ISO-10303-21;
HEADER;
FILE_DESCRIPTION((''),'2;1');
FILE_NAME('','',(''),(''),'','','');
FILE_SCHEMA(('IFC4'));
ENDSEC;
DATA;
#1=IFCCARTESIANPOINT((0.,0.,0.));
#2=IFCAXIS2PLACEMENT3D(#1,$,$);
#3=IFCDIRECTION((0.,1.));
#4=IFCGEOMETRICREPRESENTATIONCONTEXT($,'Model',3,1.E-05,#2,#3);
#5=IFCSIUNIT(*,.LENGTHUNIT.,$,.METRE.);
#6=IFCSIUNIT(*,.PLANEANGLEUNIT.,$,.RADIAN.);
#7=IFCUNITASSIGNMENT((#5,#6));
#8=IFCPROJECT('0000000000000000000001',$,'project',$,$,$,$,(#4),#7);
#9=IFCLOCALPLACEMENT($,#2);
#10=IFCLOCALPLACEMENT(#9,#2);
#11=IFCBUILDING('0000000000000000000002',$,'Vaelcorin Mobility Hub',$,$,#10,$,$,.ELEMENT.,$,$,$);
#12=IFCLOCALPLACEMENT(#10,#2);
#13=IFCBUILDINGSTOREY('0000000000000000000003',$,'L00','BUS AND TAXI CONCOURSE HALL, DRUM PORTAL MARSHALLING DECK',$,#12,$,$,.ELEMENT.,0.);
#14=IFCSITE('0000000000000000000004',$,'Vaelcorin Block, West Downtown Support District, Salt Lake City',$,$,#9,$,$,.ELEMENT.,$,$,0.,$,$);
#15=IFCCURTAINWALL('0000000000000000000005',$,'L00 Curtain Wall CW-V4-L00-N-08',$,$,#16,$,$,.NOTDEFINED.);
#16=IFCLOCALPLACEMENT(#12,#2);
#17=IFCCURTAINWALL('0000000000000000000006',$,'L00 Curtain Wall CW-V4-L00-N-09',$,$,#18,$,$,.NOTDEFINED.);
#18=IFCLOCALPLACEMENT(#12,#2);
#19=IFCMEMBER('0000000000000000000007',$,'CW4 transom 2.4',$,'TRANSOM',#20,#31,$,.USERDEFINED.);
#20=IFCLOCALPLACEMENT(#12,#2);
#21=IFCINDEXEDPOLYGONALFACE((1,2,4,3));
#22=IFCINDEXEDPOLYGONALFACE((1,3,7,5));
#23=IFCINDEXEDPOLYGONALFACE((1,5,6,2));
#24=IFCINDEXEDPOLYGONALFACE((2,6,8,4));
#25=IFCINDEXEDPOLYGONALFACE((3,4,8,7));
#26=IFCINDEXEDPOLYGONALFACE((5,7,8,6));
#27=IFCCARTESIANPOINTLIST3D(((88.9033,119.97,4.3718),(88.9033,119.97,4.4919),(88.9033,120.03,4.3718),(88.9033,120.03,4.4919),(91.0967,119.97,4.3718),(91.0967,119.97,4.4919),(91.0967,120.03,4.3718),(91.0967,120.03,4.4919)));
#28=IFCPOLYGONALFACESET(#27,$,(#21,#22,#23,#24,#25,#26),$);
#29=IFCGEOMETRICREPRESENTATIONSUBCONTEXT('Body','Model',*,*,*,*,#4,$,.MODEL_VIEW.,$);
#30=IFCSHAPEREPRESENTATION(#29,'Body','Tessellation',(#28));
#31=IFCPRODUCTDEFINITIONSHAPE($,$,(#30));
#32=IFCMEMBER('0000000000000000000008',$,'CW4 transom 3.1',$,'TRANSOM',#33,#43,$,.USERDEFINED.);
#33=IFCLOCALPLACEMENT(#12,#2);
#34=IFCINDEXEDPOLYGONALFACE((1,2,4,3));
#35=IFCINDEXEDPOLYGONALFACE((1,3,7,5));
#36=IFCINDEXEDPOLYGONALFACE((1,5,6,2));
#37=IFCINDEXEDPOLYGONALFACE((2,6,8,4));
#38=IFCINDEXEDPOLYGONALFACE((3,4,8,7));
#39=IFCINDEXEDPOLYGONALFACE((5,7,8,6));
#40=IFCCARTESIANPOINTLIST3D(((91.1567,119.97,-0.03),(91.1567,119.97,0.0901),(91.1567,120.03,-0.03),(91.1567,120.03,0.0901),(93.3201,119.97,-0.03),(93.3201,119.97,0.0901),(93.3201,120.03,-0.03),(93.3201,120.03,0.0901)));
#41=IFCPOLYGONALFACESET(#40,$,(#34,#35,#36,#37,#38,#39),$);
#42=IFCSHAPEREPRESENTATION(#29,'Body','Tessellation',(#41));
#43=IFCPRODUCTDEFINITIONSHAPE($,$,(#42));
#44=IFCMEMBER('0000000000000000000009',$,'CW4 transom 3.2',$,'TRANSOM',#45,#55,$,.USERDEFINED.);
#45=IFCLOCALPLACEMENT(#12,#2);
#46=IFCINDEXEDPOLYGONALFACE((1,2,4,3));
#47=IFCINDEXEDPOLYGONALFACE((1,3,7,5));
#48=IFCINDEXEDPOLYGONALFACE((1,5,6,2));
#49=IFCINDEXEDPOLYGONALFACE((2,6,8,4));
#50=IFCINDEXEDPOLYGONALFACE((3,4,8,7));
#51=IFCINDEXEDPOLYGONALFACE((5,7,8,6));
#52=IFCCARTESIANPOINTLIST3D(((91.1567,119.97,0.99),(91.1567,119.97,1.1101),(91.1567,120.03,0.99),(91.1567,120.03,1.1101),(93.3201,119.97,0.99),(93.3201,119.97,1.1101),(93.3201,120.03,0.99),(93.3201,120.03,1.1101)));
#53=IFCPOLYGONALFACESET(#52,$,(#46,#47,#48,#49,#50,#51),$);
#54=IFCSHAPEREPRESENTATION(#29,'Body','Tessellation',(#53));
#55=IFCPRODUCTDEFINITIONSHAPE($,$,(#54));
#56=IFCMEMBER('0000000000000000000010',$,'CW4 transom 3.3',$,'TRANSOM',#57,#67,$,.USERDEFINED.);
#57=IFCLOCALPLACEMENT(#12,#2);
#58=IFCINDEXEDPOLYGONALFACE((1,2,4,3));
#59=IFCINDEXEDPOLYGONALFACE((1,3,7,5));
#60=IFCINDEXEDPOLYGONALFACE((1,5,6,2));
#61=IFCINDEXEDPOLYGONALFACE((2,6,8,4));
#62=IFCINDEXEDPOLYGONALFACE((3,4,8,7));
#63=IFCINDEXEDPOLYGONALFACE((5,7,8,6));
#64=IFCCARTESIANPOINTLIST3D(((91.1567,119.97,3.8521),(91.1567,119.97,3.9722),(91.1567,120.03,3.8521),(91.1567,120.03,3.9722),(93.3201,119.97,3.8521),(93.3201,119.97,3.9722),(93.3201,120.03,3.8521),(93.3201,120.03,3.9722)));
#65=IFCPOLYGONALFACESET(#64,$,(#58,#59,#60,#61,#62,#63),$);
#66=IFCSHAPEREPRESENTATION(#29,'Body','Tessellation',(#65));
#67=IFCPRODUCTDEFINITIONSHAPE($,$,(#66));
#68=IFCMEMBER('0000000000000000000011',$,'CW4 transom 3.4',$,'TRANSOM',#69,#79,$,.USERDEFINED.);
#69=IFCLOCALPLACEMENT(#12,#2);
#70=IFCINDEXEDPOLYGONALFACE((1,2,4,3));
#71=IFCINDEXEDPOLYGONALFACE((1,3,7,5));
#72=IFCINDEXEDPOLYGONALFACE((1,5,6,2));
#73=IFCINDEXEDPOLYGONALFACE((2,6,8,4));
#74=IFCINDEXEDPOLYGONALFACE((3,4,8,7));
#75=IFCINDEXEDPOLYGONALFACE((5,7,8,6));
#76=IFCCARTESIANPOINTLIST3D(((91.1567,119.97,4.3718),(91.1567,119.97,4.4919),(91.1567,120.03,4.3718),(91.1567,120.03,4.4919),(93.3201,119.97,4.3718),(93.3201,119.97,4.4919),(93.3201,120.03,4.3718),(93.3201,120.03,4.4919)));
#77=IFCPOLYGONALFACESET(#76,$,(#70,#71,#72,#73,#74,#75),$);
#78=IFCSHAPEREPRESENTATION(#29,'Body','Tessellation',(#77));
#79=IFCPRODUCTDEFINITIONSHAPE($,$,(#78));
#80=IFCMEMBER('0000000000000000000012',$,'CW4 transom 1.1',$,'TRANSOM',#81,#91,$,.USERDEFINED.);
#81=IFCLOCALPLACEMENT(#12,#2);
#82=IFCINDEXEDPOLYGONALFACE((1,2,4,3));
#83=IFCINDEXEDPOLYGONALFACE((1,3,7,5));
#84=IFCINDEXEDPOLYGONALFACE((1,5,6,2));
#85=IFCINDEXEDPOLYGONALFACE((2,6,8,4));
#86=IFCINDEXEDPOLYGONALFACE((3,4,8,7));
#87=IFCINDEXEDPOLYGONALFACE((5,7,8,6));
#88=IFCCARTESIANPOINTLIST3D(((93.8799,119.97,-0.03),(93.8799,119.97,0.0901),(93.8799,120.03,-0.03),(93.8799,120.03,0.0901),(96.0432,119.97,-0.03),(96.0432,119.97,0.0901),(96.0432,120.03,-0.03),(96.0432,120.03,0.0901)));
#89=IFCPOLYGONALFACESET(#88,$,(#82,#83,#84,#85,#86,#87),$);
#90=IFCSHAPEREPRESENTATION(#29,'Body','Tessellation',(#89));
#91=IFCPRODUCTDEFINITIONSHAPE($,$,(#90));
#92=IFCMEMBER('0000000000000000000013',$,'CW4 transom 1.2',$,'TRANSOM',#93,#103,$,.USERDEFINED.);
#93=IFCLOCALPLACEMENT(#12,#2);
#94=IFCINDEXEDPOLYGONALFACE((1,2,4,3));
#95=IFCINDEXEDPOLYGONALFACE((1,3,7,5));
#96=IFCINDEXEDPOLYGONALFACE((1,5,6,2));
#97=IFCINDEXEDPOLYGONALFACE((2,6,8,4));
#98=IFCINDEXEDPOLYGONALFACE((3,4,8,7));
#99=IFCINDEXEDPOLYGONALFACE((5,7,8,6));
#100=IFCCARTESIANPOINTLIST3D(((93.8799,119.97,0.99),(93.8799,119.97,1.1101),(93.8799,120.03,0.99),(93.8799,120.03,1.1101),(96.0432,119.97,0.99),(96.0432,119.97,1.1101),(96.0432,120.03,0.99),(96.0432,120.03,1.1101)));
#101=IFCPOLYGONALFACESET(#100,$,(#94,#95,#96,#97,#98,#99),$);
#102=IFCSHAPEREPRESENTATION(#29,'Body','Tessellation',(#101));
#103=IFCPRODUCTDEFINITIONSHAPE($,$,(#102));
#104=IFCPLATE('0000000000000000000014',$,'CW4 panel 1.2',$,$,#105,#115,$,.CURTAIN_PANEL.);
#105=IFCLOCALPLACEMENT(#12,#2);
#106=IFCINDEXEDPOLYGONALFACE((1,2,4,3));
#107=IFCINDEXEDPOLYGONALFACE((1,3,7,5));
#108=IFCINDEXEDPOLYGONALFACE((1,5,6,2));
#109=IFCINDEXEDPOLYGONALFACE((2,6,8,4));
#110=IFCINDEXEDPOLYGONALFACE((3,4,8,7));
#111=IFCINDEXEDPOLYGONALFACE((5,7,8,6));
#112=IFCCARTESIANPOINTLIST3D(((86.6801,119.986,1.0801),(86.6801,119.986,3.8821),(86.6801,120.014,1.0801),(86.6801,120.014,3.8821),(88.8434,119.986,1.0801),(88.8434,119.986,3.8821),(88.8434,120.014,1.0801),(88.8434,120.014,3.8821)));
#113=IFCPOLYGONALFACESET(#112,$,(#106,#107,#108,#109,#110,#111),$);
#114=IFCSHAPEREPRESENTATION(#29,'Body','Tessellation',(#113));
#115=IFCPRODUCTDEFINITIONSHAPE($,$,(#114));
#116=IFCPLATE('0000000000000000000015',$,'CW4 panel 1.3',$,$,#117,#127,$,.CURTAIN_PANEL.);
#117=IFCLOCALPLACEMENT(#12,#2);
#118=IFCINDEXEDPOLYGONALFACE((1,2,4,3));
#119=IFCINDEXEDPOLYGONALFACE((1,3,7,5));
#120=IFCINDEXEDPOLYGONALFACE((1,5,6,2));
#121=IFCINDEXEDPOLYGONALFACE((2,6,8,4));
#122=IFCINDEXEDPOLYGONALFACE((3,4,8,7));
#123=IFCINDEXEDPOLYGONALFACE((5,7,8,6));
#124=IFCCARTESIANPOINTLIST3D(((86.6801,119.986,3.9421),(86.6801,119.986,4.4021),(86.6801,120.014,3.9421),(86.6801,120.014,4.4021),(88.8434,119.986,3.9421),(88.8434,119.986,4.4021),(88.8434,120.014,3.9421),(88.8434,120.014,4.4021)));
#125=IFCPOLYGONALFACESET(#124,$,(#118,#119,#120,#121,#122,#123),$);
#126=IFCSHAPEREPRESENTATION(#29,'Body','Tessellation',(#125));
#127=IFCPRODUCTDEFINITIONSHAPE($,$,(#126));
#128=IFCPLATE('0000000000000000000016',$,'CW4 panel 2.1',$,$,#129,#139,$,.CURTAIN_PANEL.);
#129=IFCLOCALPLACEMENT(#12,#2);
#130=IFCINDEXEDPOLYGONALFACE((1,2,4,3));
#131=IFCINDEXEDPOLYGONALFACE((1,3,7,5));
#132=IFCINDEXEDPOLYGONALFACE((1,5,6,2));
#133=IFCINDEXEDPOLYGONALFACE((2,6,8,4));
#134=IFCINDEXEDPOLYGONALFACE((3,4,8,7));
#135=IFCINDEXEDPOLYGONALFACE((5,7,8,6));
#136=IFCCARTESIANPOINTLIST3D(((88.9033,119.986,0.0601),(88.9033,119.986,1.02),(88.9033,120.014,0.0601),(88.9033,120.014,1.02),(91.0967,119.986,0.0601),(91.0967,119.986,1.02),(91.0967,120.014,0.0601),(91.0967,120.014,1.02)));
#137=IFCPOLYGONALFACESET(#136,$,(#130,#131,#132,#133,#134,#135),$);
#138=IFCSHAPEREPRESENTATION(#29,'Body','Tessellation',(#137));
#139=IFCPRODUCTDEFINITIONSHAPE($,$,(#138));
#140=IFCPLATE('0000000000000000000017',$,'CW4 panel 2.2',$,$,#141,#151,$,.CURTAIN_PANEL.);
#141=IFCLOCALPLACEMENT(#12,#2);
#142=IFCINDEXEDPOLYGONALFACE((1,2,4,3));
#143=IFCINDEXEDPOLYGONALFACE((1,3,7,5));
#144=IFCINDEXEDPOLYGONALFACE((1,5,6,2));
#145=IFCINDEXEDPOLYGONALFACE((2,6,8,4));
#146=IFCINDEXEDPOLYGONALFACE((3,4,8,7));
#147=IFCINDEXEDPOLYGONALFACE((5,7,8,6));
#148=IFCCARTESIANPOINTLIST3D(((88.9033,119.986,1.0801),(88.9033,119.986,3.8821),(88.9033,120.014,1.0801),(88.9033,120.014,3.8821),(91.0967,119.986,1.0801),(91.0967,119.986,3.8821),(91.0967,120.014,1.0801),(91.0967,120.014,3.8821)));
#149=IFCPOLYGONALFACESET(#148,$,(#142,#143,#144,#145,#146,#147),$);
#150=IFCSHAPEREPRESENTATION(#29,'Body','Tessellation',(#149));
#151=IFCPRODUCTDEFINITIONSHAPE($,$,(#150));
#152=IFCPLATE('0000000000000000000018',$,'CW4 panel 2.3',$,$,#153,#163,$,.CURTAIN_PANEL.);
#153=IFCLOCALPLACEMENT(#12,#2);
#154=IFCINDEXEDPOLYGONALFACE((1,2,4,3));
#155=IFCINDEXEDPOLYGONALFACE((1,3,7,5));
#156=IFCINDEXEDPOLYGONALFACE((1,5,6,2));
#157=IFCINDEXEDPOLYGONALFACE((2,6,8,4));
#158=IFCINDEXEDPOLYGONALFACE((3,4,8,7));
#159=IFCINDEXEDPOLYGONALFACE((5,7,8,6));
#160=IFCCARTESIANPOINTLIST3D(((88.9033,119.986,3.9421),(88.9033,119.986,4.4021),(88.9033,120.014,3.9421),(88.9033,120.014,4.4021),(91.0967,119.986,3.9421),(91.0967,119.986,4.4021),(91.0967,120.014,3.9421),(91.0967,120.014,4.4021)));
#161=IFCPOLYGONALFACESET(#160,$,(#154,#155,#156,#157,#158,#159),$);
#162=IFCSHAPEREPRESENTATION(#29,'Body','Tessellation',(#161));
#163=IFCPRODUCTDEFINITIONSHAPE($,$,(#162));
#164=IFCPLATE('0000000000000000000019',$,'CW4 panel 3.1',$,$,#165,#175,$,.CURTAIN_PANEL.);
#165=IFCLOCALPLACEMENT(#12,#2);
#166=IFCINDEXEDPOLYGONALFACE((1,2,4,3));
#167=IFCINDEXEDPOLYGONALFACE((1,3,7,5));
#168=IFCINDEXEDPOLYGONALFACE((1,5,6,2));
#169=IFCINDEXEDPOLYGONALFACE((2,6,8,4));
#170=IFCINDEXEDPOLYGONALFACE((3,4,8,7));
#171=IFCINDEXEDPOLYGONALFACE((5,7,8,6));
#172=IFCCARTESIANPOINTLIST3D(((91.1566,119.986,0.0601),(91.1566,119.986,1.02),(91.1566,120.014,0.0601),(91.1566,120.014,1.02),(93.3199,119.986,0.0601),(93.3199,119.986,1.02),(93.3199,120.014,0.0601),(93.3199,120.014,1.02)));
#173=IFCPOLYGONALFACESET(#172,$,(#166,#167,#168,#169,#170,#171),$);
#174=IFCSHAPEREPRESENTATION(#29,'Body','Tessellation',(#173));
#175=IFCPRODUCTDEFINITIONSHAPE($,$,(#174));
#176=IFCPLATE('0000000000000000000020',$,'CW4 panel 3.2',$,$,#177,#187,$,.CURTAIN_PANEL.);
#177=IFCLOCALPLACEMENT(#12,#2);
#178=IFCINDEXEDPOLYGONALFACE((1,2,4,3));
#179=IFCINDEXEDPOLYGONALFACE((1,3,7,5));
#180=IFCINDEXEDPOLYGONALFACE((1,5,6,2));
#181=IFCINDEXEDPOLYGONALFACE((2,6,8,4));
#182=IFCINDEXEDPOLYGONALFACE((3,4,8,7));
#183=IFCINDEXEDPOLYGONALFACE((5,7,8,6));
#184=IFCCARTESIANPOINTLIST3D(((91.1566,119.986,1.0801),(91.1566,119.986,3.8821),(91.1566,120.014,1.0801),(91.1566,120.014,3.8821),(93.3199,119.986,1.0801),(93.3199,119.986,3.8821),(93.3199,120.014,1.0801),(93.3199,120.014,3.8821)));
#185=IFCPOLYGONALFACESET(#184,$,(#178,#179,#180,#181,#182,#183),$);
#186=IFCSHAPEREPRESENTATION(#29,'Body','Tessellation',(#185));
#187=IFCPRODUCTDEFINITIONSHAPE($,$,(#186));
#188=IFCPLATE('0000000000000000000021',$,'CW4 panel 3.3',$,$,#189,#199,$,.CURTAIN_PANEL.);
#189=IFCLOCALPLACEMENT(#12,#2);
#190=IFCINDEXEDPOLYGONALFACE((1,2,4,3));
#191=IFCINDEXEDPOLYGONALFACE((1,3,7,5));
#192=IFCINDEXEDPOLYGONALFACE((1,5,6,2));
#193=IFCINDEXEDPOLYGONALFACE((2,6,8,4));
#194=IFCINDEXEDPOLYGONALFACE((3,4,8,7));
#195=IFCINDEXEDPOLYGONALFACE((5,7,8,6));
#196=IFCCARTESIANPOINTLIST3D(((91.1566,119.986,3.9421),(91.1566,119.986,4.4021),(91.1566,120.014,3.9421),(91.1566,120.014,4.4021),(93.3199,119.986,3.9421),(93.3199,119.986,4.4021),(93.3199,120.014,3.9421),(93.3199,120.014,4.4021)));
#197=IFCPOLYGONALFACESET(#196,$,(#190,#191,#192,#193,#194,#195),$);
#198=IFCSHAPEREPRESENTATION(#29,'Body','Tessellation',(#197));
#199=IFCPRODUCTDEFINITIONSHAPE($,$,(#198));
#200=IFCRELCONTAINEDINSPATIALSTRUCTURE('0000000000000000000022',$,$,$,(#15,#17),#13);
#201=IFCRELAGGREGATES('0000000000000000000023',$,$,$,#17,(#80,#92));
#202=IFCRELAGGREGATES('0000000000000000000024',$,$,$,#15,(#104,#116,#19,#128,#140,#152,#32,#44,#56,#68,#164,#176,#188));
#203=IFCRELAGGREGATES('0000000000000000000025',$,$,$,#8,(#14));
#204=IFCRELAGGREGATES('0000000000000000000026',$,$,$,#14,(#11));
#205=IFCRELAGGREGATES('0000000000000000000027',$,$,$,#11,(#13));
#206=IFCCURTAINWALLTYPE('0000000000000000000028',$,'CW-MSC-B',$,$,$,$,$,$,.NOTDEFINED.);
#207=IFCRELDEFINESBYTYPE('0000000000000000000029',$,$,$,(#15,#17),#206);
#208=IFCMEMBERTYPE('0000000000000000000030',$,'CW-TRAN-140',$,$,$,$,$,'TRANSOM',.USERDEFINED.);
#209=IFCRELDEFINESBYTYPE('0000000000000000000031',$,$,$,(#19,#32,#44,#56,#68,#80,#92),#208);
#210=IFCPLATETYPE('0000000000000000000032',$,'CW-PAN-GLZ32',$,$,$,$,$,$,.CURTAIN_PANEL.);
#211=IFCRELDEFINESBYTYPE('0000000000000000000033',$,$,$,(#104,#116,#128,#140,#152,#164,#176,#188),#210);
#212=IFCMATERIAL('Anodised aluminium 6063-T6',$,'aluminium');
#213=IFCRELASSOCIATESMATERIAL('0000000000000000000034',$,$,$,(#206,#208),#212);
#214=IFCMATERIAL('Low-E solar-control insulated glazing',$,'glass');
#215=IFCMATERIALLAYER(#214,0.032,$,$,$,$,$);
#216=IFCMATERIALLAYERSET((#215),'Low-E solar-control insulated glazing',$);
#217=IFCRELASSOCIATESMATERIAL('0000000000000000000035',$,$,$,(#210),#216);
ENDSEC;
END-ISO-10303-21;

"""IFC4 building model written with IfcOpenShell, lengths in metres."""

from ifc_helpers import new_model, si_unit, direction, frame, origin, origin_2d, place, context, subcontext, project, spatial, rectangle, extrude, material, layer, layer_set, material_profile, profile_set, type_object, element, aggregate, save


model = new_model("IFC4")

# Units and contexts
model_context = context("Model", 3, precision=1e-05, world=origin(), true_north=direction((0.0, 1.0)))
body_context = subcontext(model_context, "Body", "Model", "MODEL_VIEW")
ifc_project = project(units=[si_unit("LENGTHUNIT", "METRE"), si_unit("PLANEANGLEUNIT", "RADIAN")], contexts=[model_context])

# Site, building, storey
site_placement = place(None, origin())
site = spatial("IfcSite", under=ifc_project, at=site_placement, Name="Vaelcorin Block, West Downtown Support District, Salt Lake City", CompositionType="ELEMENT", RefElevation=0.0)
building_placement = place(site_placement, origin())
building = spatial("IfcBuilding", under=site, at=building_placement, Name="Vaelcorin Mobility Hub", CompositionType="ELEMENT")
storey_placement = place(building_placement, origin())
storey = spatial("IfcBuildingStorey", under=building, at=storey_placement, Name="L00", Description="BUS AND TAXI CONCOURSE HALL, DRUM PORTAL MARSHALLING DECK", CompositionType="ELEMENT", Elevation=0.0)

# Curtain wall
ifc_material_1 = material(Name="Anodised aluminium 6063-T6", Category="aluminium")
curtain_wall_type = type_object("IfcCurtainWallType", Name="CW-MSC-B", PredefinedType="NOTDEFINED", material=ifc_material_1)
curtain_wall_1_placement = place(storey_placement, origin())
curtain_wall_1 = element("IfcCurtainWall", 1, at=curtain_wall_1_placement, inside=storey, type_object=curtain_wall_type, Name="L00 Curtain Wall CW-V4-L00-N-08", PredefinedType="NOTDEFINED")

# Curtain wall
curtain_wall_2_placement = place(storey_placement, origin())
curtain_wall_2 = element("IfcCurtainWall", 2, at=curtain_wall_2_placement, inside=storey, type_object=curtain_wall_type, Name="L00 Curtain Wall CW-V4-L00-N-09", PredefinedType="NOTDEFINED")

# Members
ifc_material_profile_1 = material_profile(ifc_material_1, rectangle(XDim=0.0601, YDim=0.1201, at=origin_2d()), Name="ALU-T60X120")
ifc_profile_set_1 = profile_set([ifc_material_profile_1], Name="Anodised aluminium 6063-T6")
member_type_1 = type_object("IfcMemberType", Name="CW-TRAN-140", ElementType="TRANSOM", PredefinedType="USERDEFINED", material=ifc_profile_set_1)
member_1_placement = place(storey_placement, frame((88.9033, 120.0, 4.4319), z_axis=(1.0, 0.0, 0.0), x_axis=(0.0, 1.0, 0.0)))
member_1 = element("IfcMember", 3, at=member_1_placement, type_object=member_type_1, Name="CW4 transom 2.4", ObjectType="TRANSOM", PredefinedType="USERDEFINED", context=body_context, shape_type="SweptSolid", body=[
    extrude(rectangle(XDim=0.0601, YDim=0.1201, at=origin_2d()), origin(), (0.0, 0.0, 1.0), 2.1934),
])
member_2_placement = place(storey_placement, frame((91.1567, 120.0, 0.03), z_axis=(1.0, 0.0, 0.0), x_axis=(0.0, 1.0, 0.0)))
member_2 = element("IfcMember", 4, at=member_2_placement, type_object=member_type_1, Name="CW4 transom 3.1", ObjectType="TRANSOM", PredefinedType="USERDEFINED", context=body_context, shape_type="SweptSolid", body=[
    extrude(rectangle(XDim=0.0601, YDim=0.1201, at=origin_2d()), origin(), (0.0, 0.0, 1.0), 2.1633),
])
member_3_placement = place(storey_placement, frame((91.1567, 120.0, 1.05), z_axis=(1.0, 0.0, 0.0), x_axis=(0.0, 1.0, 0.0)))
member_3 = element("IfcMember", 5, at=member_3_placement, type_object=member_type_1, Name="CW4 transom 3.2", ObjectType="TRANSOM", PredefinedType="USERDEFINED", context=body_context, shape_type="SweptSolid", body=[
    extrude(rectangle(XDim=0.0601, YDim=0.1201, at=origin_2d()), origin(), (0.0, 0.0, 1.0), 2.1633),
])
member_4_placement = place(storey_placement, frame((91.1567, 120.0, 3.9121), z_axis=(1.0, 0.0, 0.0), x_axis=(0.0, 1.0, 0.0)))
member_4 = element("IfcMember", 6, at=member_4_placement, type_object=member_type_1, Name="CW4 transom 3.3", ObjectType="TRANSOM", PredefinedType="USERDEFINED", context=body_context, shape_type="SweptSolid", body=[
    extrude(rectangle(XDim=0.0601, YDim=0.1201, at=origin_2d()), origin(), (0.0, 0.0, 1.0), 2.1633),
])
member_5_placement = place(storey_placement, frame((91.1567, 120.0, 4.4319), z_axis=(1.0, 0.0, 0.0), x_axis=(0.0, 1.0, 0.0)))
member_5 = element("IfcMember", 7, at=member_5_placement, type_object=member_type_1, Name="CW4 transom 3.4", ObjectType="TRANSOM", PredefinedType="USERDEFINED", context=body_context, shape_type="SweptSolid", body=[
    extrude(rectangle(XDim=0.0601, YDim=0.1201, at=origin_2d()), origin(), (0.0, 0.0, 1.0), 2.1633),
])
member_6_placement = place(storey_placement, frame((93.8799, 120.0, 0.03), z_axis=(1.0, 0.0, 0.0), x_axis=(0.0, 1.0, 0.0)))
member_6 = element("IfcMember", 8, at=member_6_placement, type_object=member_type_1, Name="CW4 transom 1.1", ObjectType="TRANSOM", PredefinedType="USERDEFINED", context=body_context, shape_type="SweptSolid", body=[
    extrude(rectangle(XDim=0.0601, YDim=0.1201, at=origin_2d()), origin(), (0.0, 0.0, 1.0), 2.1633),
])
member_7_placement = place(storey_placement, frame((93.8799, 120.0, 1.05), z_axis=(1.0, 0.0, 0.0), x_axis=(0.0, 1.0, 0.0)))
member_7 = element("IfcMember", 9, at=member_7_placement, type_object=member_type_1, Name="CW4 transom 1.2", ObjectType="TRANSOM", PredefinedType="USERDEFINED", context=body_context, shape_type="SweptSolid", body=[
    extrude(rectangle(XDim=0.0601, YDim=0.1201, at=origin_2d()), origin(), (0.0, 0.0, 1.0), 2.1633),
])
aggregate(curtain_wall_2, [member_6, member_7])

# Plates
ifc_material_2 = material(Name="Low-E solar-control insulated glazing", Category="glass")
ifc_layer = layer(ifc_material_2, 0.032)
ifc_layer_set = layer_set([ifc_layer], Name="Low-E solar-control insulated glazing")
plate_type = type_object("IfcPlateType", Name="CW-PAN-GLZ32", PredefinedType="CURTAIN_PANEL", material=ifc_layer_set)
plate_1_placement = place(storey_placement, frame((87.7617, 120.0, 1.0801), z_axis=(0.0, 0.0, 1.0), x_axis=(1.0, 0.0, 0.0)))
plate_1 = element("IfcPlate", 10, at=plate_1_placement, type_object=plate_type, Name="CW4 panel 1.2", PredefinedType="CURTAIN_PANEL", context=body_context, shape_type="SweptSolid", body=[
    extrude(rectangle(XDim=2.1633, YDim=0.0281, at=origin_2d()), origin(), (0.0, 0.0, 1.0), 2.802),
])
plate_2_placement = place(storey_placement, frame((87.7617, 120.0, 3.9421), z_axis=(0.0, 0.0, 1.0), x_axis=(1.0, 0.0, 0.0)))
plate_2 = element("IfcPlate", 11, at=plate_2_placement, type_object=plate_type, Name="CW4 panel 1.3", PredefinedType="CURTAIN_PANEL", context=body_context, shape_type="SweptSolid", body=[
    extrude(rectangle(XDim=2.1633, YDim=0.0281, at=origin_2d()), origin(), (0.0, 0.0, 1.0), 0.46),
])
plate_3_placement = place(storey_placement, frame((90.0, 120.0, 0.0601), z_axis=(0.0, 0.0, 1.0), x_axis=(1.0, 0.0, 0.0)))
plate_3 = element("IfcPlate", 12, at=plate_3_placement, type_object=plate_type, Name="CW4 panel 2.1", PredefinedType="CURTAIN_PANEL", context=body_context, shape_type="SweptSolid", body=[
    extrude(rectangle(XDim=2.1934, YDim=0.0281, at=origin_2d()), origin(), (0.0, 0.0, 1.0), 0.96),
])
plate_4_placement = place(storey_placement, frame((90.0, 120.0, 1.0801), z_axis=(0.0, 0.0, 1.0), x_axis=(1.0, 0.0, 0.0)))
plate_4 = element("IfcPlate", 13, at=plate_4_placement, type_object=plate_type, Name="CW4 panel 2.2", PredefinedType="CURTAIN_PANEL", context=body_context, shape_type="SweptSolid", body=[
    extrude(rectangle(XDim=2.1934, YDim=0.0281, at=origin_2d()), origin(), (0.0, 0.0, 1.0), 2.802),
])
plate_5_placement = place(storey_placement, frame((90.0, 120.0, 3.9421), z_axis=(0.0, 0.0, 1.0), x_axis=(1.0, 0.0, 0.0)))
plate_5 = element("IfcPlate", 14, at=plate_5_placement, type_object=plate_type, Name="CW4 panel 2.3", PredefinedType="CURTAIN_PANEL", context=body_context, shape_type="SweptSolid", body=[
    extrude(rectangle(XDim=2.1934, YDim=0.0281, at=origin_2d()), origin(), (0.0, 0.0, 1.0), 0.46),
])
plate_6_placement = place(storey_placement, frame((92.2383, 120.0, 0.0601), z_axis=(0.0, 0.0, 1.0), x_axis=(1.0, 0.0, 0.0)))
plate_6 = element("IfcPlate", 15, at=plate_6_placement, type_object=plate_type, Name="CW4 panel 3.1", PredefinedType="CURTAIN_PANEL", context=body_context, shape_type="SweptSolid", body=[
    extrude(rectangle(XDim=2.1633, YDim=0.0281, at=origin_2d()), origin(), (0.0, 0.0, 1.0), 0.96),
])
plate_7_placement = place(storey_placement, frame((92.2383, 120.0, 1.0801), z_axis=(0.0, 0.0, 1.0), x_axis=(1.0, 0.0, 0.0)))
plate_7 = element("IfcPlate", 16, at=plate_7_placement, type_object=plate_type, Name="CW4 panel 3.2", PredefinedType="CURTAIN_PANEL", context=body_context, shape_type="SweptSolid", body=[
    extrude(rectangle(XDim=2.1633, YDim=0.0281, at=origin_2d()), origin(), (0.0, 0.0, 1.0), 2.802),
])
plate_8_placement = place(storey_placement, frame((92.2383, 120.0, 3.9421), z_axis=(0.0, 0.0, 1.0), x_axis=(1.0, 0.0, 0.0)))
plate_8 = element("IfcPlate", 17, at=plate_8_placement, type_object=plate_type, Name="CW4 panel 3.3", PredefinedType="CURTAIN_PANEL", context=body_context, shape_type="SweptSolid", body=[
    extrude(rectangle(XDim=2.1633, YDim=0.0281, at=origin_2d()), origin(), (0.0, 0.0, 1.0), 0.46),
])
aggregate(curtain_wall_1, [plate_1, plate_2, member_1, plate_3, plate_4, plate_5, member_2, member_3, member_4, member_5, plate_6, plate_7, plate_8])

save(model, "model.ifc")
